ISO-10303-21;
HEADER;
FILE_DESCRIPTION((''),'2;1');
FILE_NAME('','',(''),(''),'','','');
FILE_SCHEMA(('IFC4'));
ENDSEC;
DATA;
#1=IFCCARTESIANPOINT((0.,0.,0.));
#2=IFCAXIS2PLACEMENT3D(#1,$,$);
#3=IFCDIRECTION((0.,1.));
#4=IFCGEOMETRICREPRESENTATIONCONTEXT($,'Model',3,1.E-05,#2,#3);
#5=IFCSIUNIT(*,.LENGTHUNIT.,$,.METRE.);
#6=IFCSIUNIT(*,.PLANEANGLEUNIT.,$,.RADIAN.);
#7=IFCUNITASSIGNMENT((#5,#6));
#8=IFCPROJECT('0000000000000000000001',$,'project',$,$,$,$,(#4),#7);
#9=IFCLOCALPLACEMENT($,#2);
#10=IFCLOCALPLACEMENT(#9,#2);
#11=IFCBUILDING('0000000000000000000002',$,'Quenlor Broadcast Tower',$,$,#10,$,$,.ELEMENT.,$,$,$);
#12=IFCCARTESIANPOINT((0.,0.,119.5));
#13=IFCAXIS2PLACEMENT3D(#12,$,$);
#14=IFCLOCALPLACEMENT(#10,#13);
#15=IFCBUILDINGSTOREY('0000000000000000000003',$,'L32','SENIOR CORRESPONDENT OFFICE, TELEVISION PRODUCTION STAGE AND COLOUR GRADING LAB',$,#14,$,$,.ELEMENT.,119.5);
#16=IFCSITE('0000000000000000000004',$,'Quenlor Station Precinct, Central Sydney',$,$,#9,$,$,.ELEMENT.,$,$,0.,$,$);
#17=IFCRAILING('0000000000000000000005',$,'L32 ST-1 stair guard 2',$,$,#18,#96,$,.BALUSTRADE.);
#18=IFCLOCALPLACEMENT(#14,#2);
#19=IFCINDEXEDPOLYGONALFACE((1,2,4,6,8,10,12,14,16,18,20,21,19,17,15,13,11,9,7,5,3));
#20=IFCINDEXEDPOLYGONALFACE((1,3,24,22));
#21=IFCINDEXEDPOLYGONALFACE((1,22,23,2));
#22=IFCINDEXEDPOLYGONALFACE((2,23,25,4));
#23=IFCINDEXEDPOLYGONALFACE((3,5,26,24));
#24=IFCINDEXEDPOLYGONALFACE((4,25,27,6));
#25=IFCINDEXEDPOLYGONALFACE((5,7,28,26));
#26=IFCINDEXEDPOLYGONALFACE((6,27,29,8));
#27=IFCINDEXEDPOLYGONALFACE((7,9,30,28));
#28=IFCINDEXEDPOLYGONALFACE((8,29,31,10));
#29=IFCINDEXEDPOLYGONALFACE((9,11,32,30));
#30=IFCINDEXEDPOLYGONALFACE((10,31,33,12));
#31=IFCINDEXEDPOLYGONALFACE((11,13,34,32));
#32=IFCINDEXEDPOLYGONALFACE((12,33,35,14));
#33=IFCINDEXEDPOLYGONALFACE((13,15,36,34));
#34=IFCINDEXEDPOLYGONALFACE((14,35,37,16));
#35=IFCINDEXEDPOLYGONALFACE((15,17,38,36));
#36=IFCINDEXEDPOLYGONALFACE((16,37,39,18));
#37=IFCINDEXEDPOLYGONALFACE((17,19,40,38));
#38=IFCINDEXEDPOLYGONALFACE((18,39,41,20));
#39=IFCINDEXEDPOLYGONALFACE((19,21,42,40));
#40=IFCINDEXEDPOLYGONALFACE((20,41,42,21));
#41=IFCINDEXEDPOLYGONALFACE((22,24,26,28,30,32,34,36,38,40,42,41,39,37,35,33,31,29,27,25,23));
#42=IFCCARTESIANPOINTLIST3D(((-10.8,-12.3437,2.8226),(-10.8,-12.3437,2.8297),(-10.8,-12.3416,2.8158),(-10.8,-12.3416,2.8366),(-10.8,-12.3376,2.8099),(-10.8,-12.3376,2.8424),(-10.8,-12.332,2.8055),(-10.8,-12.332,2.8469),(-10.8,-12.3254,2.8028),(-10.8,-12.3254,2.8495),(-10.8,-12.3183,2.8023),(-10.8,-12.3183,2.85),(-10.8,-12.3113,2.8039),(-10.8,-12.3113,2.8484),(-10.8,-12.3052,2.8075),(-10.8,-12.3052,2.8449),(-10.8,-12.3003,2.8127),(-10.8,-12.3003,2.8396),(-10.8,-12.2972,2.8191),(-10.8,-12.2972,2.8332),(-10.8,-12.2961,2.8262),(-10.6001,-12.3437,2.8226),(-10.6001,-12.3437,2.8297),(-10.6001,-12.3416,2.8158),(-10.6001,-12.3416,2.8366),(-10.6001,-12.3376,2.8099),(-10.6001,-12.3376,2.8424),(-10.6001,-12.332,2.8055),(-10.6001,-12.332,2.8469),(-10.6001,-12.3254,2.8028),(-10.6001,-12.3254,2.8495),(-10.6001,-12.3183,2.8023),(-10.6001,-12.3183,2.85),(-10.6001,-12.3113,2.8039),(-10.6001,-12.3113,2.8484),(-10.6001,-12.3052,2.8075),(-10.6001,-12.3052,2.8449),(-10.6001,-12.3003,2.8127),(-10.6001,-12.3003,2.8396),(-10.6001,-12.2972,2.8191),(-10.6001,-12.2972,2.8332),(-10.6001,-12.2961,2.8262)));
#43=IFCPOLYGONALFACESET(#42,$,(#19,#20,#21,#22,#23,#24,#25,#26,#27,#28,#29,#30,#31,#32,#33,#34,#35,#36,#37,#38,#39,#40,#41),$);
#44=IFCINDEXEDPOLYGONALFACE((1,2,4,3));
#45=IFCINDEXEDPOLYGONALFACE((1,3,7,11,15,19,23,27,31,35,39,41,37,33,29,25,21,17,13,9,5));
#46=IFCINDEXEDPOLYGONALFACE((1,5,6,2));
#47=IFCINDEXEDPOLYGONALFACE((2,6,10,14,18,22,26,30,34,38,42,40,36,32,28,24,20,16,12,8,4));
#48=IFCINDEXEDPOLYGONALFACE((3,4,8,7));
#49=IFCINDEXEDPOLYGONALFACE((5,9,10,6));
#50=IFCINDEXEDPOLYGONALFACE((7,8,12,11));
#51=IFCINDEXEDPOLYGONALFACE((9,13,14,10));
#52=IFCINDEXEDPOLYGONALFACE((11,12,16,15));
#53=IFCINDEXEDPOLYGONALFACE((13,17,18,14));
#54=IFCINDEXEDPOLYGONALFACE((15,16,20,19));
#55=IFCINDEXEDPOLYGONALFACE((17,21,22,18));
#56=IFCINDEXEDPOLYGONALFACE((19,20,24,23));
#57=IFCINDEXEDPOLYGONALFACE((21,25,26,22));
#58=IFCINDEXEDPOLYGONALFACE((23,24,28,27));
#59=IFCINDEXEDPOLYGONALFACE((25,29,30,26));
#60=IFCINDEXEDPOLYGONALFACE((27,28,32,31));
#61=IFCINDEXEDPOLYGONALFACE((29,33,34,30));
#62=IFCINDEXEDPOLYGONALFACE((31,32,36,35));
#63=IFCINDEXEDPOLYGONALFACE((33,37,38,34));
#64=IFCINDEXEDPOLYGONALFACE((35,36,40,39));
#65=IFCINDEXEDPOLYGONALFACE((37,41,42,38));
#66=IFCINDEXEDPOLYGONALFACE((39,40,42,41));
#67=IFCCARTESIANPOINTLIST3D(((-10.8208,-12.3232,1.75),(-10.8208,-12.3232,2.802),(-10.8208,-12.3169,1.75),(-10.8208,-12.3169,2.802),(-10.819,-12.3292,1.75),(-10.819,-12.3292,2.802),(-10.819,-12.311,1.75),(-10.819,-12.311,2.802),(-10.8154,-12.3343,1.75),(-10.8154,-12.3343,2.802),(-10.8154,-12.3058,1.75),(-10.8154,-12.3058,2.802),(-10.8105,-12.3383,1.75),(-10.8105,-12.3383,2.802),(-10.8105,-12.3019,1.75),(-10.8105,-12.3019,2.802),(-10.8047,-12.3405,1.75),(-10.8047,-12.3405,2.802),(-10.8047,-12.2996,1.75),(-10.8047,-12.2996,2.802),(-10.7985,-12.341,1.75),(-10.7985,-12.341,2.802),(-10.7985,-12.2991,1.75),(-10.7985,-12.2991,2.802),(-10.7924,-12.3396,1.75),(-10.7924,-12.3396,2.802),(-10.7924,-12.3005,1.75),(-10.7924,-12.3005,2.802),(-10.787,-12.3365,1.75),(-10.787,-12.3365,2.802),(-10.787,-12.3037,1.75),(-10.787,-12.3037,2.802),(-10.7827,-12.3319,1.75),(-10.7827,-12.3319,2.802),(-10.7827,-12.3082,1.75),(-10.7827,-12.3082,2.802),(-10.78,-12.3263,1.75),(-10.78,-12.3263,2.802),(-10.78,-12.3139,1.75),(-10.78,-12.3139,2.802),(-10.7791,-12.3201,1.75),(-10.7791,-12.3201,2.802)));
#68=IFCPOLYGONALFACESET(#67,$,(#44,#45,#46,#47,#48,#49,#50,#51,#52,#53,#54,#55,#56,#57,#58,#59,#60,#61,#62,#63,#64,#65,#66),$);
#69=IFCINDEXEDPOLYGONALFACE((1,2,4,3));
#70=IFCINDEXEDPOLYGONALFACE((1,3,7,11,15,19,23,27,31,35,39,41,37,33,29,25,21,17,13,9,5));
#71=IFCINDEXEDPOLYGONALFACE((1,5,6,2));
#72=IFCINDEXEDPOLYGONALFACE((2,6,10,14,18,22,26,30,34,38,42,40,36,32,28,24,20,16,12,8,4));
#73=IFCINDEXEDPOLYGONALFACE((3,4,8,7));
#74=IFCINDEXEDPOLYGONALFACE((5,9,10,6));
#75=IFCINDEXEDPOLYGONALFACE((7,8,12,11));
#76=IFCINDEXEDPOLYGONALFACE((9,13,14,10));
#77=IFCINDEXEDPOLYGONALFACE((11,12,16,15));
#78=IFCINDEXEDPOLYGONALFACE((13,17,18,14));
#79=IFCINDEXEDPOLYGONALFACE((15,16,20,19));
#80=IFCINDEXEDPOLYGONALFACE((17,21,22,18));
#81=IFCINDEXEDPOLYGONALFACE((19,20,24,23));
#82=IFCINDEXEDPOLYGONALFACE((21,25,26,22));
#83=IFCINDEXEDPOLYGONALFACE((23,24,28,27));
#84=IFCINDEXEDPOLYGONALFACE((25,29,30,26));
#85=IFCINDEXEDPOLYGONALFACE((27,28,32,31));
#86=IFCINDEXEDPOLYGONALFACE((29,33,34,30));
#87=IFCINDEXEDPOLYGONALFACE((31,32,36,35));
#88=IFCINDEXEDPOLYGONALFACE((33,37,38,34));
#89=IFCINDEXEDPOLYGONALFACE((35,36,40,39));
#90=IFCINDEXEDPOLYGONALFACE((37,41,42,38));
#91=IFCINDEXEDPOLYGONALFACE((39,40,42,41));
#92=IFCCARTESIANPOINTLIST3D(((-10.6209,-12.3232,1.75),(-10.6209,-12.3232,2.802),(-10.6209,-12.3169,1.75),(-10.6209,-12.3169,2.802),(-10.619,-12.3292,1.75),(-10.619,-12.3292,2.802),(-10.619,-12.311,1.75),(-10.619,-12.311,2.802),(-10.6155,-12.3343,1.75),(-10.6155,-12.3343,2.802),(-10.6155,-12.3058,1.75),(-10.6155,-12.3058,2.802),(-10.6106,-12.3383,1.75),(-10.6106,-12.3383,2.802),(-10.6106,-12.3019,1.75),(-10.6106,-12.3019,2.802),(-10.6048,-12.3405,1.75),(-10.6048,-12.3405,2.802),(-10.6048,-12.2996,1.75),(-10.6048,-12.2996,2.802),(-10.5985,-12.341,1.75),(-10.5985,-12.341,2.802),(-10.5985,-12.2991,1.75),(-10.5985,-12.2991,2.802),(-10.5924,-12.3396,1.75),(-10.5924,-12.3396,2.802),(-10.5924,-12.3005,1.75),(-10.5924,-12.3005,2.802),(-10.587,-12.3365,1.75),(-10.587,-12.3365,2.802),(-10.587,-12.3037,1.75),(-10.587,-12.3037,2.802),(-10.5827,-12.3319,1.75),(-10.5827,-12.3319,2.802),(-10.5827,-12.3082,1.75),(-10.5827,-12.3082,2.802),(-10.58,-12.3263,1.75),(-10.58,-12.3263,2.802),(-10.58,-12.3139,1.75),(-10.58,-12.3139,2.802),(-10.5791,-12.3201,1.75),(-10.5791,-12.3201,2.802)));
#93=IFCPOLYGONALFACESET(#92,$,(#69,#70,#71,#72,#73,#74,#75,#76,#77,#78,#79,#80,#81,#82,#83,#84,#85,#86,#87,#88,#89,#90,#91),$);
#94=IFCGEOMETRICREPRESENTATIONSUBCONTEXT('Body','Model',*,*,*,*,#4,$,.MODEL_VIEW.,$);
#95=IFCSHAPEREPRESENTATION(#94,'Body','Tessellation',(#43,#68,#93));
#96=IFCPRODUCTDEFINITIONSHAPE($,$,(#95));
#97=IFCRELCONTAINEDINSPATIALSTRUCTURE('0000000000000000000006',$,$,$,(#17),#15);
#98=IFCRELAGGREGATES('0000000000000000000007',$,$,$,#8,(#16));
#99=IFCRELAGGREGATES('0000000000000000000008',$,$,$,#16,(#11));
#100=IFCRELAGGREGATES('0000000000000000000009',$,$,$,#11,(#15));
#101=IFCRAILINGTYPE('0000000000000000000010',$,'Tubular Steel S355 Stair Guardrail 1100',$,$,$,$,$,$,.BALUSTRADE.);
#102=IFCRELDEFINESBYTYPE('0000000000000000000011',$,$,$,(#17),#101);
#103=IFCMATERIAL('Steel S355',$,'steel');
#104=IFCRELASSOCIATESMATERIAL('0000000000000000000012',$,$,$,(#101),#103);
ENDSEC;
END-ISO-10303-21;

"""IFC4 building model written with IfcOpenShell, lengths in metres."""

from ifc_helpers import new_model, si_unit, direction, frame, origin, origin_2d, place, context, subcontext, project, spatial, circle, extrude, material, type_object, element, save


model = new_model("IFC4")

# Units and contexts
model_context = context("Model", 3, precision=1e-05, world=origin(), true_north=direction((0.0, 1.0)))
body_context = subcontext(model_context, "Body", "Model", "MODEL_VIEW")
ifc_project = project(units=[si_unit("LENGTHUNIT", "METRE"), si_unit("PLANEANGLEUNIT", "RADIAN")], contexts=[model_context])

# Site, building, storey
site_placement = place(None, origin())
site = spatial("IfcSite", under=ifc_project, at=site_placement, Name="Quenlor Station Precinct, Central Sydney", CompositionType="ELEMENT", RefElevation=0.0)
building_placement = place(site_placement, origin())
building = spatial("IfcBuilding", under=site, at=building_placement, Name="Quenlor Broadcast Tower", CompositionType="ELEMENT")
storey_placement = place(building_placement, frame((0.0, 0.0, 119.5)))
storey = spatial("IfcBuildingStorey", under=building, at=storey_placement, Name="L32", Description="SENIOR CORRESPONDENT OFFICE, TELEVISION PRODUCTION STAGE AND COLOUR GRADING LAB", CompositionType="ELEMENT", Elevation=119.5)

# Railing
ifc_material_1 = material(Name="Steel S355", Category="steel")
railing_type_1 = type_object("IfcRailingType", Name="Tubular Steel S355 Stair Guardrail 1100", PredefinedType="BALUSTRADE", material=ifc_material_1)
railing_1_placement = place(storey_placement, frame((-10.8, -12.3201, 1.75)))
element("IfcRailing", 1, at=railing_1_placement, inside=storey, type_object=railing_type_1, Name="L32 ST-1 stair guard 2", PredefinedType="BALUSTRADE", context=body_context, shape_type="SweptSolid", body=[
    extrude(circle(Radius=0.0239, at=origin_2d()), frame((0.0, 0.0, 1.0762), z_axis=(1.0, 0.0, 0.0), x_axis=(0.0, 1.0, 0.0)), (0.0, 0.0, 1.0), 0.2),
    extrude(circle(Radius=0.021, at=origin_2d()), origin(), (0.0, 0.0, 1.0), 1.052),
    extrude(circle(Radius=0.021, at=origin_2d()), frame((0.2, 0.0, 0.0)), (0.0, 0.0, 1.0), 1.052),
])

save(model, "model.ifc")
